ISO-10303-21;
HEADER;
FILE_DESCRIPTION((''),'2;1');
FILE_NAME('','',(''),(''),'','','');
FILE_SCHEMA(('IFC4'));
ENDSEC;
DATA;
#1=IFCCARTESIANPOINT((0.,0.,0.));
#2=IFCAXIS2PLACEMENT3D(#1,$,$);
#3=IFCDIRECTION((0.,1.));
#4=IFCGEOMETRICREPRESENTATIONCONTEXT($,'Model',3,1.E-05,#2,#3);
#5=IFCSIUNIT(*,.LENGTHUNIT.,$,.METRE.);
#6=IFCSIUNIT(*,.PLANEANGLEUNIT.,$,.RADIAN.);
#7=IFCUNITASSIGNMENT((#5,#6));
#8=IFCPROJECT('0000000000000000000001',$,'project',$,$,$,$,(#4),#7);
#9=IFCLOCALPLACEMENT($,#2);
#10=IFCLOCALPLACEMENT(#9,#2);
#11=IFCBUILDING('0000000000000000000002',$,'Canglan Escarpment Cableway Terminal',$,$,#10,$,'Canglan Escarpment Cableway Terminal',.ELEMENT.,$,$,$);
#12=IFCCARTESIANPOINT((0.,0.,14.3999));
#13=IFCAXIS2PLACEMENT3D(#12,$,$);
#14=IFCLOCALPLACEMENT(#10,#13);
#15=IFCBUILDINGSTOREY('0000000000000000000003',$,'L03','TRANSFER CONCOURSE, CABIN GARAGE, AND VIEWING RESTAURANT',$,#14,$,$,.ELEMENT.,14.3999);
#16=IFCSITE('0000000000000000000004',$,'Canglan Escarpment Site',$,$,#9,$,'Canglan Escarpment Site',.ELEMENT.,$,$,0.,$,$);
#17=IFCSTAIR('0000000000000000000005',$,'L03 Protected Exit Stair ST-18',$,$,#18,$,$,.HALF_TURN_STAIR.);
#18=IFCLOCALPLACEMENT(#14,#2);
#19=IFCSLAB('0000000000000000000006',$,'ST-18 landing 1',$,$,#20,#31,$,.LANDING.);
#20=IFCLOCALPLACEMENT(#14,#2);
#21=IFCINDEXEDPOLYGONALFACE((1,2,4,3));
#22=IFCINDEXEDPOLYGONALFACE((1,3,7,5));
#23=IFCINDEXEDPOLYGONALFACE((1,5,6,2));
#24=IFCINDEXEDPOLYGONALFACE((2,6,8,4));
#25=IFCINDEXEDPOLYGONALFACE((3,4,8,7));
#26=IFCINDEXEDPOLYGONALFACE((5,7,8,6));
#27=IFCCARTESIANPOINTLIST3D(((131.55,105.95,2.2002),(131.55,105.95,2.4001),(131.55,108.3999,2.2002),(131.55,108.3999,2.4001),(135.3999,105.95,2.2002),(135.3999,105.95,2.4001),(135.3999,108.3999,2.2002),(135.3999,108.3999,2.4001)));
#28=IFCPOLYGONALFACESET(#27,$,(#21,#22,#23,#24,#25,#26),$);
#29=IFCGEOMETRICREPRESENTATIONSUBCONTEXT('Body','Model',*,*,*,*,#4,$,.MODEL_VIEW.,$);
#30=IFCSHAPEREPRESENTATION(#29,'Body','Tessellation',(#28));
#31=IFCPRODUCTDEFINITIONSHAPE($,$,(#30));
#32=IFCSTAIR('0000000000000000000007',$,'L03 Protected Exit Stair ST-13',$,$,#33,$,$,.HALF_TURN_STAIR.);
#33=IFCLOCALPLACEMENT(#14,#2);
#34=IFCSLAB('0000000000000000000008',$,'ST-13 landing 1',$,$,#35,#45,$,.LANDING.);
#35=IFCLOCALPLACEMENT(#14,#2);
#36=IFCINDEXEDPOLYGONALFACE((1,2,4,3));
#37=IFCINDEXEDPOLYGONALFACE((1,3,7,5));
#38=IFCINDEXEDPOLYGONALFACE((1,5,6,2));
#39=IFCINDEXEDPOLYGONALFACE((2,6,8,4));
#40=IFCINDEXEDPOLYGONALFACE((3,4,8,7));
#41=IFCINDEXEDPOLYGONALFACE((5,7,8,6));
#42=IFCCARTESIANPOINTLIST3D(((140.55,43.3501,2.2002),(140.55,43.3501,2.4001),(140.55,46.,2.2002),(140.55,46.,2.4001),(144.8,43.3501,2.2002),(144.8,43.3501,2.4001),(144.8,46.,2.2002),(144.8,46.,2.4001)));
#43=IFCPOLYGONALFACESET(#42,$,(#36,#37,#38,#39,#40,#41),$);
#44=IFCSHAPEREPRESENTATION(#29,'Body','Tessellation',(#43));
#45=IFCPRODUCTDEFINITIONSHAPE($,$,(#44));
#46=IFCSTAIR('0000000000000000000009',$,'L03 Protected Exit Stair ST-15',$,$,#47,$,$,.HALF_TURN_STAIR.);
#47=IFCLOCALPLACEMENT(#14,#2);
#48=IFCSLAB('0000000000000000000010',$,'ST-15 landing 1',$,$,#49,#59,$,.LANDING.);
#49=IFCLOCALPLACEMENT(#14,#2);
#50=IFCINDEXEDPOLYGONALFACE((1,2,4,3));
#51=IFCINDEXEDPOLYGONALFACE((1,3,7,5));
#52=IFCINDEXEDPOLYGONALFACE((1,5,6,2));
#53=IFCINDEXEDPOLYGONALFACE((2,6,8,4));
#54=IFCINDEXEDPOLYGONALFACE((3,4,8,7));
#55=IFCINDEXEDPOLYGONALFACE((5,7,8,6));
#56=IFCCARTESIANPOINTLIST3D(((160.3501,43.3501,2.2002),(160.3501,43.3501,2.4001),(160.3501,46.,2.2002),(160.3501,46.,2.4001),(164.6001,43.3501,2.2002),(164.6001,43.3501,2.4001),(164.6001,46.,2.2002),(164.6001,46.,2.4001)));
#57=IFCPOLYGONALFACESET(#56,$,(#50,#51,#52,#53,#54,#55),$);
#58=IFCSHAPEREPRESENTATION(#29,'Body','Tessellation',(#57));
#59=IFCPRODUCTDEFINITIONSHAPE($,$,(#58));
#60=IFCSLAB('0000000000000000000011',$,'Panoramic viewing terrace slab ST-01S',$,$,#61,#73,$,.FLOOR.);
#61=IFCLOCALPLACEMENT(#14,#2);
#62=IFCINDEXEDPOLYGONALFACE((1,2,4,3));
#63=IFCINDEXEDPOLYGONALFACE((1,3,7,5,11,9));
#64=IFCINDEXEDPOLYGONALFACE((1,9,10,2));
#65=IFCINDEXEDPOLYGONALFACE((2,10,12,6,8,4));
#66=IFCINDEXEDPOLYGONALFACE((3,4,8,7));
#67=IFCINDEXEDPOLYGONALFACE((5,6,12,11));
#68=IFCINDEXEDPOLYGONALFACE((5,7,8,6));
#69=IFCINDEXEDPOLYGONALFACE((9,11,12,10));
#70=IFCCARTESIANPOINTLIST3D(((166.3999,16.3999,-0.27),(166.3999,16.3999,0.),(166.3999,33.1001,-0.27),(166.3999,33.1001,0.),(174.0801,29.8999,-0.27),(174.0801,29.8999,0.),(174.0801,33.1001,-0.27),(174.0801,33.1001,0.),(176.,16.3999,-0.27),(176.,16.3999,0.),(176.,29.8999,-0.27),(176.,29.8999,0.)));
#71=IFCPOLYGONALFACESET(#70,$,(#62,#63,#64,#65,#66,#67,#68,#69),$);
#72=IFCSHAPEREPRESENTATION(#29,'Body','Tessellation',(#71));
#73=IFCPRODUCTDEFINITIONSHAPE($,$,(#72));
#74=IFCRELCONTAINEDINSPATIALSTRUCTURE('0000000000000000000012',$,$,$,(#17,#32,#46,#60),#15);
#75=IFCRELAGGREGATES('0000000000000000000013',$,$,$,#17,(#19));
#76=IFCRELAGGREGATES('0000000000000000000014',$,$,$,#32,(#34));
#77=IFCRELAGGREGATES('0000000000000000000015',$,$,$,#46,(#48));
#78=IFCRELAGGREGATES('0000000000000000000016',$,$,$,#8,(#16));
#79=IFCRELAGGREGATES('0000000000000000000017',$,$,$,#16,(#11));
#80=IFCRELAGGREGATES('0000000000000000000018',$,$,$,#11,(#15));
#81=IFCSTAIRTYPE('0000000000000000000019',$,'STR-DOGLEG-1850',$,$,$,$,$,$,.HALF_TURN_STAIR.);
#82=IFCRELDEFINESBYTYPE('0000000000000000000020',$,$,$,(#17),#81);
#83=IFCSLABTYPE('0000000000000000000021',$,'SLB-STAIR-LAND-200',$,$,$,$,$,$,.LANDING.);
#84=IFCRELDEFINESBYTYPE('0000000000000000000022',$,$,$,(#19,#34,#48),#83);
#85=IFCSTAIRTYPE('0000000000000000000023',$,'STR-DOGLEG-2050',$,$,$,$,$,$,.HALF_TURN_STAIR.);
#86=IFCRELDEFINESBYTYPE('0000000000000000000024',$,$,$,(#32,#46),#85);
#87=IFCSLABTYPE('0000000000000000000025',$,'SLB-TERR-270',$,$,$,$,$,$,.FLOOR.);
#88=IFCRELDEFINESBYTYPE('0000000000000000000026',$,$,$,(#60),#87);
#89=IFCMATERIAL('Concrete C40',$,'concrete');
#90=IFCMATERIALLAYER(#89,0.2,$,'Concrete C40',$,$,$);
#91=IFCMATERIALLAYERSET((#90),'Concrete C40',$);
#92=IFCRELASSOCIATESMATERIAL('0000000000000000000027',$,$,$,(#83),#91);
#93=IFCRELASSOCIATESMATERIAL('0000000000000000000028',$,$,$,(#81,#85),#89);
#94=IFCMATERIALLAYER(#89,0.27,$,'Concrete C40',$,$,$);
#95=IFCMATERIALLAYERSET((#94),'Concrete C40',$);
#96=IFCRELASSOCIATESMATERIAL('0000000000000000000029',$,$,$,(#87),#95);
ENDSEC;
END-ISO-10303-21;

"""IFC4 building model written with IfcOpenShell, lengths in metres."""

from ifc_helpers import new_model, si_unit, direction, frame, origin, place, context, subcontext, project, spatial, polyline, outline, extrude, material, layer, layer_set, type_object, element, aggregate, save


model = new_model("IFC4")

# Units and contexts
model_context = context("Model", 3, precision=1e-05, world=origin(), true_north=direction((0.0, 1.0)))
body_context = subcontext(model_context, "Body", "Model", "MODEL_VIEW")
ifc_project = project(units=[si_unit("LENGTHUNIT", "METRE"), si_unit("PLANEANGLEUNIT", "RADIAN")], contexts=[model_context])

# Site, building, storey
site_placement = place(None, origin())
site = spatial("IfcSite", under=ifc_project, at=site_placement, Name="Canglan Escarpment Site", LongName="Canglan Escarpment Site", CompositionType="ELEMENT", RefElevation=0.0)
building_placement = place(site_placement, origin())
building = spatial("IfcBuilding", under=site, at=building_placement, Name="Canglan Escarpment Cableway Terminal", LongName="Canglan Escarpment Cableway Terminal", CompositionType="ELEMENT")
storey_placement = place(building_placement, frame((0.0, 0.0, 14.3999)))
storey = spatial("IfcBuildingStorey", under=building, at=storey_placement, Name="L03", Description="TRANSFER CONCOURSE, CABIN GARAGE, AND VIEWING RESTAURANT", CompositionType="ELEMENT", Elevation=14.3999)

# Shared definitions
ifc_material = material(Name="Concrete C40", Category="concrete")

# Stairs, slabs
ifc_layer_1 = layer(ifc_material, 0.2, Name="Concrete C40")
ifc_layer_set_1 = layer_set([ifc_layer_1], Name="Concrete C40")
slab_type_1 = type_object("IfcSlabType", Name="SLB-STAIR-LAND-200", PredefinedType="LANDING", material=ifc_layer_set_1)
stair_type_1 = type_object("IfcStairType", Name="STR-DOGLEG-1850", PredefinedType="HALF_TURN_STAIR", material=ifc_material)
stair_1_placement = place(storey_placement, origin())
stair_1 = element("IfcStair", 1, at=stair_1_placement, inside=storey, type_object=stair_type_1, Name="L03 Protected Exit Stair ST-18", PredefinedType="HALF_TURN_STAIR")
slab_1_placement = place(storey_placement, frame((0.0, 0.0, 2.2002)))
slab_1 = element("IfcSlab", 2, at=slab_1_placement, type_object=slab_type_1, Name="ST-18 landing 1", PredefinedType="LANDING", context=body_context, shape_type="SweptSolid", body=[
    extrude(outline(polyline([(135.3999, 105.95), (135.3999, 108.3999), (131.55, 108.3999), (131.55, 105.95), (135.3999, 105.95)])), origin(), (0.0, 0.0, 1.0), 0.2),
])
aggregate(stair_1, [slab_1])
stair_type_2 = type_object("IfcStairType", Name="STR-DOGLEG-2050", PredefinedType="HALF_TURN_STAIR", material=ifc_material)
stair_2_placement = place(storey_placement, origin())
stair_2 = element("IfcStair", 3, at=stair_2_placement, inside=storey, type_object=stair_type_2, Name="L03 Protected Exit Stair ST-13", PredefinedType="HALF_TURN_STAIR")
slab_2_placement = place(storey_placement, frame((0.0, 0.0, 2.2002)))
slab_2 = element("IfcSlab", 4, at=slab_2_placement, type_object=slab_type_1, Name="ST-13 landing 1", PredefinedType="LANDING", context=body_context, shape_type="SweptSolid", body=[
    extrude(outline(polyline([(144.8, 43.3501), (144.8, 46.0), (140.55, 46.0), (140.55, 43.3501), (144.8, 43.3501)])), origin(), (0.0, 0.0, 1.0), 0.2),
])
aggregate(stair_2, [slab_2])
stair_3_placement = place(storey_placement, origin())
stair_3 = element("IfcStair", 5, at=stair_3_placement, inside=storey, type_object=stair_type_2, Name="L03 Protected Exit Stair ST-15", PredefinedType="HALF_TURN_STAIR")
slab_3_placement = place(storey_placement, frame((0.0, 0.0, 2.2002)))
slab_3 = element("IfcSlab", 6, at=slab_3_placement, type_object=slab_type_1, Name="ST-15 landing 1", PredefinedType="LANDING", context=body_context, shape_type="SweptSolid", body=[
    extrude(outline(polyline([(164.6001, 43.3501), (164.6001, 46.0), (160.3501, 46.0), (160.3501, 43.3501), (164.6001, 43.3501)])), origin(), (0.0, 0.0, 1.0), 0.2),
])
aggregate(stair_3, [slab_3])

# Slab
ifc_layer_2 = layer(ifc_material, 0.27, Name="Concrete C40")
ifc_layer_set_2 = layer_set([ifc_layer_2], Name="Concrete C40")
slab_type_2 = type_object("IfcSlabType", Name="SLB-TERR-270", PredefinedType="FLOOR", material=ifc_layer_set_2)
slab_4_placement = place(storey_placement, frame((0.0, 0.0, -0.27)))
element("IfcSlab", 7, at=slab_4_placement, inside=storey, type_object=slab_type_2, Name="Panoramic viewing terrace slab ST-01S", PredefinedType="FLOOR", context=body_context, shape_type="SweptSolid", body=[
    extrude(outline(polyline([(166.3999, 16.3999), (176.0, 16.3999), (176.0, 29.8999), (174.0801, 29.8999), (174.0801, 33.1001), (166.3999, 33.1001), (166.3999, 16.3999)])), origin(), (0.0, 0.0, 1.0), 0.27),
])

save(model, "model.ifc")
